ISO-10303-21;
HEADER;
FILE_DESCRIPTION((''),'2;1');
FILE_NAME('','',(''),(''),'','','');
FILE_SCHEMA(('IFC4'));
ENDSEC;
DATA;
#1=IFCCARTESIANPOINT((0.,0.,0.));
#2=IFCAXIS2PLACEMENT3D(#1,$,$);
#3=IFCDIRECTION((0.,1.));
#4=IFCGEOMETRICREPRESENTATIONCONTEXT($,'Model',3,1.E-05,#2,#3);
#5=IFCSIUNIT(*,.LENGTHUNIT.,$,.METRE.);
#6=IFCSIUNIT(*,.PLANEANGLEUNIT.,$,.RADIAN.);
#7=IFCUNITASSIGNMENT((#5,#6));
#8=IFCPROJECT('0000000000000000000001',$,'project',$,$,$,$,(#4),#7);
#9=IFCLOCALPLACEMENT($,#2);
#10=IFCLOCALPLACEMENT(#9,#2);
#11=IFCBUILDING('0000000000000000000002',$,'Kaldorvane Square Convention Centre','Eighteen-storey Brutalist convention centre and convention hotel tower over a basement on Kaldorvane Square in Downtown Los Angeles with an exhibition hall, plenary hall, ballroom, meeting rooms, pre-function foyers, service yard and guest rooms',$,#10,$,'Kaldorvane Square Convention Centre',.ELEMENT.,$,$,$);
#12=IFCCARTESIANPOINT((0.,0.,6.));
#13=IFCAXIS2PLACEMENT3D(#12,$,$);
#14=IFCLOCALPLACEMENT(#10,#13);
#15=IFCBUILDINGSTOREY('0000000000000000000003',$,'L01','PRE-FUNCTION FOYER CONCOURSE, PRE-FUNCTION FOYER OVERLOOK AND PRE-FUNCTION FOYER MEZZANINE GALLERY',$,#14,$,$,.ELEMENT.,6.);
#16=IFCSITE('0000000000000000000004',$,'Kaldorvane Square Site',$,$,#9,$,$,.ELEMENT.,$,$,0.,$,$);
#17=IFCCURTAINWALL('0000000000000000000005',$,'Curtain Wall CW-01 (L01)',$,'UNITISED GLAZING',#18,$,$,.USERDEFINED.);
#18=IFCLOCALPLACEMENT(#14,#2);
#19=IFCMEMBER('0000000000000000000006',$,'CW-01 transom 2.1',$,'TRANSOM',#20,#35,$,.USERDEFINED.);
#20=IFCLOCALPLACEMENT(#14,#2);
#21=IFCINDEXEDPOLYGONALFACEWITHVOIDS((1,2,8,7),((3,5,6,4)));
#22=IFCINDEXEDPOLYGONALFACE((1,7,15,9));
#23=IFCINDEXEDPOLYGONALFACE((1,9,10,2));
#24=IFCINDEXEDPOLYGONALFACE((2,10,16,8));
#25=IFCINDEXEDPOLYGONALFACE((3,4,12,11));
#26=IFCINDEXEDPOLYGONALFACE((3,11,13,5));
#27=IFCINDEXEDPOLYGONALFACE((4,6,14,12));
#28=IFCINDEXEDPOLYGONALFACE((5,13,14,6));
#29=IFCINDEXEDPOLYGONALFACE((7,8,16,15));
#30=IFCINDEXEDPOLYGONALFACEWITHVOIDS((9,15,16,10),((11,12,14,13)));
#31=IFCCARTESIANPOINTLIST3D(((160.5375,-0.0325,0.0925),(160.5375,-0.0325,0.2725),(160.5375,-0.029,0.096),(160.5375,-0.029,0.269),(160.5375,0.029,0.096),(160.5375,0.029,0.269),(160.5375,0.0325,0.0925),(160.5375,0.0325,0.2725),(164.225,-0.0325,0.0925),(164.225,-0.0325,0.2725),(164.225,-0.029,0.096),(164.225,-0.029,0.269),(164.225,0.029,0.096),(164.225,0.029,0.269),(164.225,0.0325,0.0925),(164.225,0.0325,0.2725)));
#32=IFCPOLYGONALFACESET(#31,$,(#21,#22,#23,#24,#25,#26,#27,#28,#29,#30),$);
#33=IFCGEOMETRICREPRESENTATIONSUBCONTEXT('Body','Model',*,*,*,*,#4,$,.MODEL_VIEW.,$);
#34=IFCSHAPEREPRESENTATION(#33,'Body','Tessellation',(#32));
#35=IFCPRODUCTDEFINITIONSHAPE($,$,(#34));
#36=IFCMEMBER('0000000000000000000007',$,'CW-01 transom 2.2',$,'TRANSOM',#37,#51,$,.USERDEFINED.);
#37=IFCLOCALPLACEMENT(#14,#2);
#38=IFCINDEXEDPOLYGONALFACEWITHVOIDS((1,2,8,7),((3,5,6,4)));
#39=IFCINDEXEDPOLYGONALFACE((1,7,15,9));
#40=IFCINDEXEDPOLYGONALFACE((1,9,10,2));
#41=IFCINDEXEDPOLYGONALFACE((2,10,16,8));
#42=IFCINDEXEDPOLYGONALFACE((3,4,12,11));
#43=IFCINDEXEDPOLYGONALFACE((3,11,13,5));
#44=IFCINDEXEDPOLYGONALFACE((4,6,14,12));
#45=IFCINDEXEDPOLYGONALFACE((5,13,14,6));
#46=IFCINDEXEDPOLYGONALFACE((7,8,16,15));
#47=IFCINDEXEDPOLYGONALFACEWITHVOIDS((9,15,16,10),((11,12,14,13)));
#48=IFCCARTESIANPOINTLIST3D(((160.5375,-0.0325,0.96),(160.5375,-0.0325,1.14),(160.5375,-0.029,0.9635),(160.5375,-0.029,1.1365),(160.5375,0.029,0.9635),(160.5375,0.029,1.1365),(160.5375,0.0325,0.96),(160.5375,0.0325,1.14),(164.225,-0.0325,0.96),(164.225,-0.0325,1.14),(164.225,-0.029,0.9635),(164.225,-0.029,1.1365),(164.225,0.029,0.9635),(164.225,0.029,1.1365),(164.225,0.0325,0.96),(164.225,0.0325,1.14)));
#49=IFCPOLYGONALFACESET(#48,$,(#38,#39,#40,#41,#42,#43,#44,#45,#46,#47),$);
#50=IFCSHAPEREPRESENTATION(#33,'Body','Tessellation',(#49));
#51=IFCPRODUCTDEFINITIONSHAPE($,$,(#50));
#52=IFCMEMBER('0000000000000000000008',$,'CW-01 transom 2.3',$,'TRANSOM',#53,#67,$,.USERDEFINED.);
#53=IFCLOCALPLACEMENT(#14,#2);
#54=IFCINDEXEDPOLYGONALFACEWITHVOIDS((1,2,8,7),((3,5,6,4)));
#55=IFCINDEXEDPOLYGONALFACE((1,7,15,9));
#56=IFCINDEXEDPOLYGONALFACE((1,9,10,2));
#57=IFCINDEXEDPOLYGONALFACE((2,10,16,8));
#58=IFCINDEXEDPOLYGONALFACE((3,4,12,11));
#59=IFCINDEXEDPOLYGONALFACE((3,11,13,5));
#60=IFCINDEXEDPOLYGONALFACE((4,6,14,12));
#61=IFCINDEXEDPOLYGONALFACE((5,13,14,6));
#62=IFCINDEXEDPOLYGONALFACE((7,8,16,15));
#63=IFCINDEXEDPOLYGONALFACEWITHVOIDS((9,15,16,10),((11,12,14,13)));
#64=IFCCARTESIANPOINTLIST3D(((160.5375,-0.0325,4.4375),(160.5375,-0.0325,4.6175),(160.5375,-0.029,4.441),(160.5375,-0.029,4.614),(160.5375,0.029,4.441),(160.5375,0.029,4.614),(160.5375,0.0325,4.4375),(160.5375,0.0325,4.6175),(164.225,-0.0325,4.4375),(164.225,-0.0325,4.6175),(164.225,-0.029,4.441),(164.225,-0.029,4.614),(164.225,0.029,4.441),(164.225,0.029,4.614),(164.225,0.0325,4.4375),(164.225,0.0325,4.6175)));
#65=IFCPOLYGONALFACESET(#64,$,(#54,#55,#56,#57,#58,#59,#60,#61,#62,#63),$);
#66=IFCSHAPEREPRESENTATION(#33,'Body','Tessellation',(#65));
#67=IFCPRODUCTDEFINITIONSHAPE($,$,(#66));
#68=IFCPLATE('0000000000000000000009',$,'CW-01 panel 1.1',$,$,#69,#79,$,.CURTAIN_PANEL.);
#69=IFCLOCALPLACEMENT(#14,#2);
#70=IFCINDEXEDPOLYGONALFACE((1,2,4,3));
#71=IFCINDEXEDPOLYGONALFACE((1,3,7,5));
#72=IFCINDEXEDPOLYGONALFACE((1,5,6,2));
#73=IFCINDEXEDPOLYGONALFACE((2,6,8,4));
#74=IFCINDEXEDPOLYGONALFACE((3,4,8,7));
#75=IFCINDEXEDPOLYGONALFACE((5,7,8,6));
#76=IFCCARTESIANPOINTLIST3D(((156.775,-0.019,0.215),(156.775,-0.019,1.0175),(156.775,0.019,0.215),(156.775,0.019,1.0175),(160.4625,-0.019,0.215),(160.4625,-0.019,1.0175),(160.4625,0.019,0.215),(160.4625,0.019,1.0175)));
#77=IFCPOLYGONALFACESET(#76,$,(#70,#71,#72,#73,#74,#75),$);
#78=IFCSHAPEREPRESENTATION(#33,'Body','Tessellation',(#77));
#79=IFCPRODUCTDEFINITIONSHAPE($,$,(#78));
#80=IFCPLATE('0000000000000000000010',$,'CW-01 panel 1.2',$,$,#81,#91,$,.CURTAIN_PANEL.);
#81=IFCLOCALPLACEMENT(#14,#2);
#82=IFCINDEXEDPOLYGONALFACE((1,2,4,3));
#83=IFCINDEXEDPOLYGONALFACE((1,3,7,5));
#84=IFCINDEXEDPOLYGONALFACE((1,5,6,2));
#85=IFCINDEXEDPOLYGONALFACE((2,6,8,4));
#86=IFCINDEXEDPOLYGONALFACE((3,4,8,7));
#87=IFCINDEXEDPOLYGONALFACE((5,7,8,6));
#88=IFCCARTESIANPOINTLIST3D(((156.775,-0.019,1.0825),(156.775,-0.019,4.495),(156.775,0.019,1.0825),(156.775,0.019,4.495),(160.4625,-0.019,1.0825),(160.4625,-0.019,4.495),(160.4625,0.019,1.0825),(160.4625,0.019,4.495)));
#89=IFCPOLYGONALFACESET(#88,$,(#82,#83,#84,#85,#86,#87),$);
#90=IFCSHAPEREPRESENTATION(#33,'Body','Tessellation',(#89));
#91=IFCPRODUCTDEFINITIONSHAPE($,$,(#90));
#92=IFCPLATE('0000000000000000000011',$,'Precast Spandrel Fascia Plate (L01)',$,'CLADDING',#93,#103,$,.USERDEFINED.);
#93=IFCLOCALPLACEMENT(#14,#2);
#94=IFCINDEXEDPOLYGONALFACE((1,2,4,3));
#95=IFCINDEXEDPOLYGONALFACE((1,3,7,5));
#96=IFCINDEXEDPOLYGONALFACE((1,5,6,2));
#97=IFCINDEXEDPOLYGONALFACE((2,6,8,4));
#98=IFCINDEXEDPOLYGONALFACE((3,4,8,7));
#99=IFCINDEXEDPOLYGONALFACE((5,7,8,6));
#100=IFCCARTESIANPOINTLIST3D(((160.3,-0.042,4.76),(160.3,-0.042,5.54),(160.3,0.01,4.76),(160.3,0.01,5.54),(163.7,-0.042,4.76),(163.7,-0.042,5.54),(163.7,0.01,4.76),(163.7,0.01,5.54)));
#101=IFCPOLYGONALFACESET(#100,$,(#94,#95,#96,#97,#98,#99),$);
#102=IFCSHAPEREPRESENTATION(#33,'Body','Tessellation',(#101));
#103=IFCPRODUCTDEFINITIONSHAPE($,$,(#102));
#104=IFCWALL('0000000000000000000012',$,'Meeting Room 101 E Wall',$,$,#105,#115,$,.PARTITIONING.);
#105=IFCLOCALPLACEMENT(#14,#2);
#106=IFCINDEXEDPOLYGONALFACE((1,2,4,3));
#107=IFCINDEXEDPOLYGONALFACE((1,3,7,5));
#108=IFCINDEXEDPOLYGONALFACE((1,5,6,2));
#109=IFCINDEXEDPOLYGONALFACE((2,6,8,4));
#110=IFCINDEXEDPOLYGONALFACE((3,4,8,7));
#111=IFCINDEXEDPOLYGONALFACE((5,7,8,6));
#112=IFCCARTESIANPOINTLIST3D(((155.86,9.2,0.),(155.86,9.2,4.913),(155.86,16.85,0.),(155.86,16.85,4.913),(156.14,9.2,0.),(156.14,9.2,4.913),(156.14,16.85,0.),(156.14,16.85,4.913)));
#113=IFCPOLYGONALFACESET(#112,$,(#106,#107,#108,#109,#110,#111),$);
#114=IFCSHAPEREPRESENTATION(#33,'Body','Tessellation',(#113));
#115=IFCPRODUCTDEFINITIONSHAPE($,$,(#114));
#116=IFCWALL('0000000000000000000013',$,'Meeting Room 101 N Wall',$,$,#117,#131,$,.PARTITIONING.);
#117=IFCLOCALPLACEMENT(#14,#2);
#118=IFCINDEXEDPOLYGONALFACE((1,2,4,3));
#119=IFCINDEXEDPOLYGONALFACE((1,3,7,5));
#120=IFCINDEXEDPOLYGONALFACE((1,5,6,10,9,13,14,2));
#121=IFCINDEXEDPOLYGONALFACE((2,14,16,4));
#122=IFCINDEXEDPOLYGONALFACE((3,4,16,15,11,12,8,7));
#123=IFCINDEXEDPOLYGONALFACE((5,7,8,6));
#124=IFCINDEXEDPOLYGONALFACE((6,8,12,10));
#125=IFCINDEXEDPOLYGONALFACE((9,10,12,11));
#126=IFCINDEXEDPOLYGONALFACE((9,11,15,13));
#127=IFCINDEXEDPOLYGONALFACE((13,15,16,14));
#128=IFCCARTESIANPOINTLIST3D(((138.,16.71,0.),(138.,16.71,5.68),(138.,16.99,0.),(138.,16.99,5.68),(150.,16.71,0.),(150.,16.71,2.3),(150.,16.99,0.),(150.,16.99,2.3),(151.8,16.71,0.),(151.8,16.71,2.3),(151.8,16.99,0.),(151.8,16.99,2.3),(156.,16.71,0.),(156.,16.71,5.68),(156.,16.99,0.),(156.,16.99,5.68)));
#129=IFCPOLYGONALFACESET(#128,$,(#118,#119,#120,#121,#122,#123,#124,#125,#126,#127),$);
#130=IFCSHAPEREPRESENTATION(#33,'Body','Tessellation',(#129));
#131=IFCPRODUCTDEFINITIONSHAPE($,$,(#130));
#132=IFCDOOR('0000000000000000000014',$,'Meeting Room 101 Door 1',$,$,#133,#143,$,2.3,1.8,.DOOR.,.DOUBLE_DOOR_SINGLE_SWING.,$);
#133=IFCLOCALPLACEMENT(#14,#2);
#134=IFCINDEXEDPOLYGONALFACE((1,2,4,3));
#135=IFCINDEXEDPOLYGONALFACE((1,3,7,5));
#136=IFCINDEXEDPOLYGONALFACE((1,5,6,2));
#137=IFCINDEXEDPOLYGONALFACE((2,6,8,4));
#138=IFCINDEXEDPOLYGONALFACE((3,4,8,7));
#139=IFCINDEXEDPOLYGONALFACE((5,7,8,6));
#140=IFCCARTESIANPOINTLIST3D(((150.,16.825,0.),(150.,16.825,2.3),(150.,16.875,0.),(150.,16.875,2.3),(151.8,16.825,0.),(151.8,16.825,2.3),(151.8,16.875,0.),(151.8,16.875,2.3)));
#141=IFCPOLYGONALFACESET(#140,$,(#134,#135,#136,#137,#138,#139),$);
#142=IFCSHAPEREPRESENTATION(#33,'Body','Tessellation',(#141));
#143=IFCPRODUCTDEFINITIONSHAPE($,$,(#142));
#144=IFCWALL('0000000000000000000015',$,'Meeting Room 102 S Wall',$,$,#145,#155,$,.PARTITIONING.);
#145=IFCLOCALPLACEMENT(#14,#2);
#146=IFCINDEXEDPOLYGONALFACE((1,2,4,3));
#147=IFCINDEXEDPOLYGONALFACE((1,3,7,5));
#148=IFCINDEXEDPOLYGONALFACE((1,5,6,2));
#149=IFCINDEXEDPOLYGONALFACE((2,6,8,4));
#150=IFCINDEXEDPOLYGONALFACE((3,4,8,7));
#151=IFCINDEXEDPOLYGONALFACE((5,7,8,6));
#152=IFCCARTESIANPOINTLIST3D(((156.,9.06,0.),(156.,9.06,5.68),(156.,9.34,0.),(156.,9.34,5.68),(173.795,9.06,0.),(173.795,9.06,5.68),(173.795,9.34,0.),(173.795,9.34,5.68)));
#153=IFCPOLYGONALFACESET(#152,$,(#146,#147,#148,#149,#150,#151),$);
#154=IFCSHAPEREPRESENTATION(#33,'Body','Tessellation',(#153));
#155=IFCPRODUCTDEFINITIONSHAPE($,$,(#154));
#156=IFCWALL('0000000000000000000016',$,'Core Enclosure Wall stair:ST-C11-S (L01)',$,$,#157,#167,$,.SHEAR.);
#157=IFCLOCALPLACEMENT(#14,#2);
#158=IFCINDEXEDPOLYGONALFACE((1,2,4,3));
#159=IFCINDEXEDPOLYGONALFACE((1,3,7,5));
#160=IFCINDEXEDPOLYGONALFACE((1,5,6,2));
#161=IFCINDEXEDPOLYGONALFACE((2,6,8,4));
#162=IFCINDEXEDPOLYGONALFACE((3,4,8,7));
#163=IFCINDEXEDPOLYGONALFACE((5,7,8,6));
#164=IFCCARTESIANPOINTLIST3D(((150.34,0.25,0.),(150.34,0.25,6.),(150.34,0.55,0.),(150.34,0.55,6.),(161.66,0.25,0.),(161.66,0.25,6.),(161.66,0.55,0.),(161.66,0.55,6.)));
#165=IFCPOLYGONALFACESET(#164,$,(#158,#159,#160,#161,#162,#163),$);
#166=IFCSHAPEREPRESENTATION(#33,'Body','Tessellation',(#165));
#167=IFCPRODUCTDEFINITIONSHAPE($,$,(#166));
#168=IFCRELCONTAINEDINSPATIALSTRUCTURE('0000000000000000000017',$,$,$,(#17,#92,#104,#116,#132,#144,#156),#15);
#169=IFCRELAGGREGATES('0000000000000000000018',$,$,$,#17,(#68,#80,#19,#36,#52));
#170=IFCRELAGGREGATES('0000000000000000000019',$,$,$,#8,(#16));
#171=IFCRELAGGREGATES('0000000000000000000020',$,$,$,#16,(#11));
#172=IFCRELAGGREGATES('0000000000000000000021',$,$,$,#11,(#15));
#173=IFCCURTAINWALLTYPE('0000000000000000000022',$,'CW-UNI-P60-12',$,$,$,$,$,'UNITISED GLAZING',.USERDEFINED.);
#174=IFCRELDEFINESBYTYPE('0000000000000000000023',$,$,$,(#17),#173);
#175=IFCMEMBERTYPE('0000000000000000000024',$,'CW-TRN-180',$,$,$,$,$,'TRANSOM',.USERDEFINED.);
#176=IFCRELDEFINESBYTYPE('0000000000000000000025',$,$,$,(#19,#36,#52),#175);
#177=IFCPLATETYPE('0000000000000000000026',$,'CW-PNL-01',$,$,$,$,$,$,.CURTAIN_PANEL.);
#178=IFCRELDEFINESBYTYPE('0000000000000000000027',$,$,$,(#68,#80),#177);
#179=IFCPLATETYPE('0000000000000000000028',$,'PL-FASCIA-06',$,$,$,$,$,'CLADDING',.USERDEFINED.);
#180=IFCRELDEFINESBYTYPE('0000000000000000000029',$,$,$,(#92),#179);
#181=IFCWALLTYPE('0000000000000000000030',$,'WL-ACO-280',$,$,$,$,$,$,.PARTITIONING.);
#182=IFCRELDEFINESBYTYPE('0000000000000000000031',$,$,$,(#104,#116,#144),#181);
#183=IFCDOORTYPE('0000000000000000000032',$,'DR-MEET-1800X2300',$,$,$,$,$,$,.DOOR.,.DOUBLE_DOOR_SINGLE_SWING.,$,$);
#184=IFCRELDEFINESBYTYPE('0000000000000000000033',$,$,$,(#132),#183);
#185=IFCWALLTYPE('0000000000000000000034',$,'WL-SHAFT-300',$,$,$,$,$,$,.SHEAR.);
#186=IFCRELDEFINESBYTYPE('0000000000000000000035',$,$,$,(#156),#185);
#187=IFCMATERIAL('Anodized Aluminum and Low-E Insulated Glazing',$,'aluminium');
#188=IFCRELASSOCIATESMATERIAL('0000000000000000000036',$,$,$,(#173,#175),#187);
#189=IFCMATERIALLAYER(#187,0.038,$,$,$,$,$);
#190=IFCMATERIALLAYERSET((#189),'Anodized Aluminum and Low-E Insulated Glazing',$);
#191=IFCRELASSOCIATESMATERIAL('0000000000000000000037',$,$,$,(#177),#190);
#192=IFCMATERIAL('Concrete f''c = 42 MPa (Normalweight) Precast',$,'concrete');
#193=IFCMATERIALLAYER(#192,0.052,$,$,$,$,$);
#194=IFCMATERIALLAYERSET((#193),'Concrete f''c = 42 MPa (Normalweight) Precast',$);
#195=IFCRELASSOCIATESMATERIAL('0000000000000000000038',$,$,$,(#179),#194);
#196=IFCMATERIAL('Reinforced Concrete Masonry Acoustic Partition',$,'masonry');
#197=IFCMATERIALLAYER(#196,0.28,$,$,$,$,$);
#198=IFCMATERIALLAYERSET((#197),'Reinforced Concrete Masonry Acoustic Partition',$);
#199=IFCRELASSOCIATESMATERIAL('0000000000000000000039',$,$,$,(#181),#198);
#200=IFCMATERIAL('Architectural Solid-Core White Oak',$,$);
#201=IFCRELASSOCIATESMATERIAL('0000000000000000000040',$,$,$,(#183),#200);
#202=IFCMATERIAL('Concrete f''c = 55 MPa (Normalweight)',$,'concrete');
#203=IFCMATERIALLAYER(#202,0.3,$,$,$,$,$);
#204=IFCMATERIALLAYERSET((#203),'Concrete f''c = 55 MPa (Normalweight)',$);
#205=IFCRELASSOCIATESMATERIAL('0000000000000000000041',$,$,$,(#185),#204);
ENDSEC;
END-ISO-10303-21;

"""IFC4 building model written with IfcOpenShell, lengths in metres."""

from ifc_helpers import new_model, si_unit, direction, frame, frame_2d, origin, origin_2d, place, context, subcontext, project, spatial, rectangle, hollow_rectangle, extrude, material, layer, layer_set, material_profile, profile_set, type_object, element, fill, aggregate, save


model = new_model("IFC4")

# Units and contexts
model_context = context("Model", 3, precision=1e-05, world=origin(), true_north=direction((0.0, 1.0)))
body_context = subcontext(model_context, "Body", "Model", "MODEL_VIEW")
ifc_project = project(units=[si_unit("LENGTHUNIT", "METRE"), si_unit("PLANEANGLEUNIT", "RADIAN")], contexts=[model_context])

# Site, building, storey
site_placement = place(None, origin())
site = spatial("IfcSite", under=ifc_project, at=site_placement, Name="Kaldorvane Square Site", CompositionType="ELEMENT", RefElevation=0.0)
building_placement = place(site_placement, origin())
building = spatial("IfcBuilding", under=site, at=building_placement, Name="Kaldorvane Square Convention Centre", Description="Eighteen-storey Brutalist convention centre and convention hotel tower over a basement on Kaldorvane Square in Downtown Los Angeles with an exhibition hall, plenary hall, ballroom, meeting rooms, pre-function foyers, service yard and guest rooms", LongName="Kaldorvane Square Convention Centre", CompositionType="ELEMENT")
storey_placement = place(building_placement, frame((0.0, 0.0, 6.0)))
storey = spatial("IfcBuildingStorey", under=building, at=storey_placement, Name="L01", Description="PRE-FUNCTION FOYER CONCOURSE, PRE-FUNCTION FOYER OVERLOOK AND PRE-FUNCTION FOYER MEZZANINE GALLERY", CompositionType="ELEMENT", Elevation=6.0)

# Curtain wall, members, plates
ifc_material_1 = material(Name="Anodized Aluminum and Low-E Insulated Glazing", Category="aluminium")
curtain_wall_type = type_object("IfcCurtainWallType", Name="CW-UNI-P60-12", ElementType="UNITISED GLAZING", PredefinedType="USERDEFINED", material=ifc_material_1)
curtain_wall_placement = place(storey_placement, origin())
curtain_wall = element("IfcCurtainWall", 1, at=curtain_wall_placement, inside=storey, type_object=curtain_wall_type, Name="Curtain Wall CW-01 (L01)", ObjectType="UNITISED GLAZING", PredefinedType="USERDEFINED")
ifc_material_profile_1 = material_profile(ifc_material_1, hollow_rectangle(XDim=0.065, YDim=0.18, WallThickness=0.0035, at=origin_2d()), Name="CWT-180X65")
ifc_profile_set_1 = profile_set([ifc_material_profile_1], Name="Anodized Aluminum and Low-E Insulated Glazing")
member_type_1 = type_object("IfcMemberType", Name="CW-TRN-180", ElementType="TRANSOM", PredefinedType="USERDEFINED", material=ifc_profile_set_1)
member_1_placement = place(storey_placement, frame((160.5375, 0.0, 0.1825), z_axis=(1.0, 0.0, 0.0), x_axis=(0.0, 1.0, 0.0)))
member_1 = element("IfcMember", 2, at=member_1_placement, type_object=member_type_1, Name="CW-01 transom 2.1", ObjectType="TRANSOM", PredefinedType="USERDEFINED", context=body_context, shape_type="SweptSolid", body=[
    extrude(hollow_rectangle(XDim=0.065, YDim=0.18, WallThickness=0.0035, at=origin_2d()), origin(), (0.0, 0.0, 1.0), 3.6875),
])
member_2_placement = place(storey_placement, frame((160.5375, 0.0, 1.05), z_axis=(1.0, 0.0, 0.0), x_axis=(0.0, 1.0, 0.0)))
member_2 = element("IfcMember", 3, at=member_2_placement, type_object=member_type_1, Name="CW-01 transom 2.2", ObjectType="TRANSOM", PredefinedType="USERDEFINED", context=body_context, shape_type="SweptSolid", body=[
    extrude(hollow_rectangle(XDim=0.065, YDim=0.18, WallThickness=0.0035, at=origin_2d()), origin(), (0.0, 0.0, 1.0), 3.6875),
])
member_3_placement = place(storey_placement, frame((160.5375, 0.0, 4.5275), z_axis=(1.0, 0.0, 0.0), x_axis=(0.0, 1.0, 0.0)))
member_3 = element("IfcMember", 4, at=member_3_placement, type_object=member_type_1, Name="CW-01 transom 2.3", ObjectType="TRANSOM", PredefinedType="USERDEFINED", context=body_context, shape_type="SweptSolid", body=[
    extrude(hollow_rectangle(XDim=0.065, YDim=0.18, WallThickness=0.0035, at=origin_2d()), origin(), (0.0, 0.0, 1.0), 3.6875),
])
ifc_layer_1 = layer(ifc_material_1, 0.038)
ifc_layer_set_1 = layer_set([ifc_layer_1], Name="Anodized Aluminum and Low-E Insulated Glazing")
plate_type_1 = type_object("IfcPlateType", Name="CW-PNL-01", PredefinedType="CURTAIN_PANEL", material=ifc_layer_set_1)
plate_1_placement = place(storey_placement, frame((158.6187, 0.0, 0.215), z_axis=(0.0, 0.0, 1.0), x_axis=(1.0, 0.0, 0.0)))
plate_1 = element("IfcPlate", 5, at=plate_1_placement, type_object=plate_type_1, Name="CW-01 panel 1.1", PredefinedType="CURTAIN_PANEL", context=body_context, shape_type="SweptSolid", body=[
    extrude(rectangle(XDim=3.6875, YDim=0.038, at=origin_2d()), origin(), (0.0, 0.0, 1.0), 0.8025),
])
plate_2_placement = place(storey_placement, frame((158.6187, 0.0, 1.0825), z_axis=(0.0, 0.0, 1.0), x_axis=(1.0, 0.0, 0.0)))
plate_2 = element("IfcPlate", 6, at=plate_2_placement, type_object=plate_type_1, Name="CW-01 panel 1.2", PredefinedType="CURTAIN_PANEL", context=body_context, shape_type="SweptSolid", body=[
    extrude(rectangle(XDim=3.6875, YDim=0.038, at=origin_2d()), origin(), (0.0, 0.0, 1.0), 3.4125),
])
aggregate(curtain_wall, [plate_1, plate_2, member_1, member_2, member_3])

# Plate
ifc_material_2 = material(Name="Concrete f'c = 42 MPa (Normalweight) Precast", Category="concrete")
ifc_layer_2 = layer(ifc_material_2, 0.052)
ifc_layer_set_2 = layer_set([ifc_layer_2], Name="Concrete f'c = 42 MPa (Normalweight) Precast")
plate_type_2 = type_object("IfcPlateType", Name="PL-FASCIA-06", ElementType="CLADDING", PredefinedType="USERDEFINED", material=ifc_layer_set_2)
plate_3_placement = place(storey_placement, frame((162.0, -0.016, 4.76), z_axis=(0.0, 0.0, 1.0), x_axis=(1.0, 0.0, 0.0)))
element("IfcPlate", 7, at=plate_3_placement, inside=storey, type_object=plate_type_2, Name="Precast Spandrel Fascia Plate (L01)", ObjectType="CLADDING", PredefinedType="USERDEFINED", context=body_context, shape_type="SweptSolid", body=[
    extrude(rectangle(XDim=3.4, YDim=0.052, at=origin_2d()), origin(), (0.0, 0.0, 1.0), 0.78),
])

# Wall
ifc_material_3 = material(Name="Reinforced Concrete Masonry Acoustic Partition", Category="masonry")
ifc_layer_3 = layer(ifc_material_3, 0.28)
ifc_layer_set_3 = layer_set([ifc_layer_3], Name="Reinforced Concrete Masonry Acoustic Partition")
wall_type_1 = type_object("IfcWallType", Name="WL-ACO-280", PredefinedType="PARTITIONING", material=ifc_layer_set_3)
wall_1_placement = place(storey_placement, frame((156.0, 9.2, 0.0), z_axis=(0.0, 0.0, 1.0), x_axis=(0.0, 1.0, 0.0)))
element("IfcWall", 8, at=wall_1_placement, inside=storey, type_object=wall_type_1, Name="Meeting Room 101 E Wall", PredefinedType="PARTITIONING", context=body_context, shape_type="SweptSolid", body=[
    extrude(rectangle(XDim=7.65, YDim=0.28, at=frame_2d((3.825, 0.0))), origin(), (0.0, 0.0, 1.0), 4.913),
])

# Wall, opening, door
wall_2_placement = place(storey_placement, frame((156.0, 16.85, 0.0), z_axis=(0.0, 0.0, 1.0), x_axis=(-1.0, 0.0, 0.0)))
wall_2 = element("IfcWall", 9, at=wall_2_placement, inside=storey, type_object=wall_type_1, Name="Meeting Room 101 N Wall", PredefinedType="PARTITIONING", context=body_context, shape_type="SweptSolid", body=[
    extrude(rectangle(XDim=18.0, YDim=0.28, at=frame_2d((9.0, 0.0))), origin(), (0.0, 0.0, 1.0), 5.68),
])
opening_1_placement = place(wall_2_placement, frame((4.2, 0.0, 0.0)))
opening_1 = element("IfcOpeningElement", 10, at=opening_1_placement, cuts=wall_2, PredefinedType="OPENING", context=body_context, shape_type="SweptSolid", body=[
    extrude(rectangle(XDim=1.8, YDim=2.3, at=frame_2d((0.9, 1.15))), frame((0.0, 0.155, 0.0), z_axis=(0.0, -1.0, 0.0), x_axis=(1.0, 0.0, 0.0)), (0.0, 0.0, 1.0), 0.31),
])
ifc_material_4 = material(Name="Architectural Solid-Core White Oak")
door_type_1 = type_object("IfcDoorType", Name="DR-MEET-1800X2300", OperationType="DOUBLE_DOOR_SINGLE_SWING", PredefinedType="DOOR", material=ifc_material_4)
door_1_placement = place(opening_1_placement, origin())
door_1 = element("IfcDoor", 11, at=door_1_placement, inside=storey, type_object=door_type_1, Name="Meeting Room 101 Door 1", OperationType="DOUBLE_DOOR_SINGLE_SWING", OverallHeight=2.3, OverallWidth=1.8, PredefinedType="DOOR", context=body_context, shape_type="SweptSolid", body=[
    extrude(rectangle(XDim=1.8, YDim=2.3, at=frame_2d((0.9, 1.15))), frame((0.0, 0.025, 0.0), z_axis=(0.0, -1.0, 0.0), x_axis=(1.0, 0.0, 0.0)), (0.0, 0.0, 1.0), 0.05),
])
fill(opening_1, door_1)

# Walls
wall_3_placement = place(storey_placement, frame((156.0, 9.2, 0.0), z_axis=(0.0, 0.0, 1.0), x_axis=(1.0, 0.0, 0.0)))
element("IfcWall", 12, at=wall_3_placement, inside=storey, type_object=wall_type_1, Name="Meeting Room 102 S Wall", PredefinedType="PARTITIONING", context=body_context, shape_type="SweptSolid", body=[
    extrude(rectangle(XDim=17.795, YDim=0.28, at=frame_2d((8.8975, 0.0))), origin(), (0.0, 0.0, 1.0), 5.68),
])
ifc_material_5 = material(Name="Concrete f'c = 55 MPa (Normalweight)", Category="concrete")
ifc_layer_4 = layer(ifc_material_5, 0.3)
ifc_layer_set_4 = layer_set([ifc_layer_4], Name="Concrete f'c = 55 MPa (Normalweight)")
wall_type_2 = type_object("IfcWallType", Name="WL-SHAFT-300", PredefinedType="SHEAR", material=ifc_layer_set_4)
wall_4_placement = place(storey_placement, frame((161.66, 0.4, 0.0), z_axis=(0.0, 0.0, 1.0), x_axis=(-1.0, 0.0, 0.0)))
element("IfcWall", 13, at=wall_4_placement, inside=storey, type_object=wall_type_2, Name="Core Enclosure Wall stair:ST-C11-S (L01)", PredefinedType="SHEAR", context=body_context, shape_type="SweptSolid", body=[
    extrude(rectangle(XDim=11.32, YDim=0.3, at=frame_2d((5.66, 0.0))), origin(), (0.0, 0.0, 1.0), 6.0),
])

save(model, "model.ifc")
